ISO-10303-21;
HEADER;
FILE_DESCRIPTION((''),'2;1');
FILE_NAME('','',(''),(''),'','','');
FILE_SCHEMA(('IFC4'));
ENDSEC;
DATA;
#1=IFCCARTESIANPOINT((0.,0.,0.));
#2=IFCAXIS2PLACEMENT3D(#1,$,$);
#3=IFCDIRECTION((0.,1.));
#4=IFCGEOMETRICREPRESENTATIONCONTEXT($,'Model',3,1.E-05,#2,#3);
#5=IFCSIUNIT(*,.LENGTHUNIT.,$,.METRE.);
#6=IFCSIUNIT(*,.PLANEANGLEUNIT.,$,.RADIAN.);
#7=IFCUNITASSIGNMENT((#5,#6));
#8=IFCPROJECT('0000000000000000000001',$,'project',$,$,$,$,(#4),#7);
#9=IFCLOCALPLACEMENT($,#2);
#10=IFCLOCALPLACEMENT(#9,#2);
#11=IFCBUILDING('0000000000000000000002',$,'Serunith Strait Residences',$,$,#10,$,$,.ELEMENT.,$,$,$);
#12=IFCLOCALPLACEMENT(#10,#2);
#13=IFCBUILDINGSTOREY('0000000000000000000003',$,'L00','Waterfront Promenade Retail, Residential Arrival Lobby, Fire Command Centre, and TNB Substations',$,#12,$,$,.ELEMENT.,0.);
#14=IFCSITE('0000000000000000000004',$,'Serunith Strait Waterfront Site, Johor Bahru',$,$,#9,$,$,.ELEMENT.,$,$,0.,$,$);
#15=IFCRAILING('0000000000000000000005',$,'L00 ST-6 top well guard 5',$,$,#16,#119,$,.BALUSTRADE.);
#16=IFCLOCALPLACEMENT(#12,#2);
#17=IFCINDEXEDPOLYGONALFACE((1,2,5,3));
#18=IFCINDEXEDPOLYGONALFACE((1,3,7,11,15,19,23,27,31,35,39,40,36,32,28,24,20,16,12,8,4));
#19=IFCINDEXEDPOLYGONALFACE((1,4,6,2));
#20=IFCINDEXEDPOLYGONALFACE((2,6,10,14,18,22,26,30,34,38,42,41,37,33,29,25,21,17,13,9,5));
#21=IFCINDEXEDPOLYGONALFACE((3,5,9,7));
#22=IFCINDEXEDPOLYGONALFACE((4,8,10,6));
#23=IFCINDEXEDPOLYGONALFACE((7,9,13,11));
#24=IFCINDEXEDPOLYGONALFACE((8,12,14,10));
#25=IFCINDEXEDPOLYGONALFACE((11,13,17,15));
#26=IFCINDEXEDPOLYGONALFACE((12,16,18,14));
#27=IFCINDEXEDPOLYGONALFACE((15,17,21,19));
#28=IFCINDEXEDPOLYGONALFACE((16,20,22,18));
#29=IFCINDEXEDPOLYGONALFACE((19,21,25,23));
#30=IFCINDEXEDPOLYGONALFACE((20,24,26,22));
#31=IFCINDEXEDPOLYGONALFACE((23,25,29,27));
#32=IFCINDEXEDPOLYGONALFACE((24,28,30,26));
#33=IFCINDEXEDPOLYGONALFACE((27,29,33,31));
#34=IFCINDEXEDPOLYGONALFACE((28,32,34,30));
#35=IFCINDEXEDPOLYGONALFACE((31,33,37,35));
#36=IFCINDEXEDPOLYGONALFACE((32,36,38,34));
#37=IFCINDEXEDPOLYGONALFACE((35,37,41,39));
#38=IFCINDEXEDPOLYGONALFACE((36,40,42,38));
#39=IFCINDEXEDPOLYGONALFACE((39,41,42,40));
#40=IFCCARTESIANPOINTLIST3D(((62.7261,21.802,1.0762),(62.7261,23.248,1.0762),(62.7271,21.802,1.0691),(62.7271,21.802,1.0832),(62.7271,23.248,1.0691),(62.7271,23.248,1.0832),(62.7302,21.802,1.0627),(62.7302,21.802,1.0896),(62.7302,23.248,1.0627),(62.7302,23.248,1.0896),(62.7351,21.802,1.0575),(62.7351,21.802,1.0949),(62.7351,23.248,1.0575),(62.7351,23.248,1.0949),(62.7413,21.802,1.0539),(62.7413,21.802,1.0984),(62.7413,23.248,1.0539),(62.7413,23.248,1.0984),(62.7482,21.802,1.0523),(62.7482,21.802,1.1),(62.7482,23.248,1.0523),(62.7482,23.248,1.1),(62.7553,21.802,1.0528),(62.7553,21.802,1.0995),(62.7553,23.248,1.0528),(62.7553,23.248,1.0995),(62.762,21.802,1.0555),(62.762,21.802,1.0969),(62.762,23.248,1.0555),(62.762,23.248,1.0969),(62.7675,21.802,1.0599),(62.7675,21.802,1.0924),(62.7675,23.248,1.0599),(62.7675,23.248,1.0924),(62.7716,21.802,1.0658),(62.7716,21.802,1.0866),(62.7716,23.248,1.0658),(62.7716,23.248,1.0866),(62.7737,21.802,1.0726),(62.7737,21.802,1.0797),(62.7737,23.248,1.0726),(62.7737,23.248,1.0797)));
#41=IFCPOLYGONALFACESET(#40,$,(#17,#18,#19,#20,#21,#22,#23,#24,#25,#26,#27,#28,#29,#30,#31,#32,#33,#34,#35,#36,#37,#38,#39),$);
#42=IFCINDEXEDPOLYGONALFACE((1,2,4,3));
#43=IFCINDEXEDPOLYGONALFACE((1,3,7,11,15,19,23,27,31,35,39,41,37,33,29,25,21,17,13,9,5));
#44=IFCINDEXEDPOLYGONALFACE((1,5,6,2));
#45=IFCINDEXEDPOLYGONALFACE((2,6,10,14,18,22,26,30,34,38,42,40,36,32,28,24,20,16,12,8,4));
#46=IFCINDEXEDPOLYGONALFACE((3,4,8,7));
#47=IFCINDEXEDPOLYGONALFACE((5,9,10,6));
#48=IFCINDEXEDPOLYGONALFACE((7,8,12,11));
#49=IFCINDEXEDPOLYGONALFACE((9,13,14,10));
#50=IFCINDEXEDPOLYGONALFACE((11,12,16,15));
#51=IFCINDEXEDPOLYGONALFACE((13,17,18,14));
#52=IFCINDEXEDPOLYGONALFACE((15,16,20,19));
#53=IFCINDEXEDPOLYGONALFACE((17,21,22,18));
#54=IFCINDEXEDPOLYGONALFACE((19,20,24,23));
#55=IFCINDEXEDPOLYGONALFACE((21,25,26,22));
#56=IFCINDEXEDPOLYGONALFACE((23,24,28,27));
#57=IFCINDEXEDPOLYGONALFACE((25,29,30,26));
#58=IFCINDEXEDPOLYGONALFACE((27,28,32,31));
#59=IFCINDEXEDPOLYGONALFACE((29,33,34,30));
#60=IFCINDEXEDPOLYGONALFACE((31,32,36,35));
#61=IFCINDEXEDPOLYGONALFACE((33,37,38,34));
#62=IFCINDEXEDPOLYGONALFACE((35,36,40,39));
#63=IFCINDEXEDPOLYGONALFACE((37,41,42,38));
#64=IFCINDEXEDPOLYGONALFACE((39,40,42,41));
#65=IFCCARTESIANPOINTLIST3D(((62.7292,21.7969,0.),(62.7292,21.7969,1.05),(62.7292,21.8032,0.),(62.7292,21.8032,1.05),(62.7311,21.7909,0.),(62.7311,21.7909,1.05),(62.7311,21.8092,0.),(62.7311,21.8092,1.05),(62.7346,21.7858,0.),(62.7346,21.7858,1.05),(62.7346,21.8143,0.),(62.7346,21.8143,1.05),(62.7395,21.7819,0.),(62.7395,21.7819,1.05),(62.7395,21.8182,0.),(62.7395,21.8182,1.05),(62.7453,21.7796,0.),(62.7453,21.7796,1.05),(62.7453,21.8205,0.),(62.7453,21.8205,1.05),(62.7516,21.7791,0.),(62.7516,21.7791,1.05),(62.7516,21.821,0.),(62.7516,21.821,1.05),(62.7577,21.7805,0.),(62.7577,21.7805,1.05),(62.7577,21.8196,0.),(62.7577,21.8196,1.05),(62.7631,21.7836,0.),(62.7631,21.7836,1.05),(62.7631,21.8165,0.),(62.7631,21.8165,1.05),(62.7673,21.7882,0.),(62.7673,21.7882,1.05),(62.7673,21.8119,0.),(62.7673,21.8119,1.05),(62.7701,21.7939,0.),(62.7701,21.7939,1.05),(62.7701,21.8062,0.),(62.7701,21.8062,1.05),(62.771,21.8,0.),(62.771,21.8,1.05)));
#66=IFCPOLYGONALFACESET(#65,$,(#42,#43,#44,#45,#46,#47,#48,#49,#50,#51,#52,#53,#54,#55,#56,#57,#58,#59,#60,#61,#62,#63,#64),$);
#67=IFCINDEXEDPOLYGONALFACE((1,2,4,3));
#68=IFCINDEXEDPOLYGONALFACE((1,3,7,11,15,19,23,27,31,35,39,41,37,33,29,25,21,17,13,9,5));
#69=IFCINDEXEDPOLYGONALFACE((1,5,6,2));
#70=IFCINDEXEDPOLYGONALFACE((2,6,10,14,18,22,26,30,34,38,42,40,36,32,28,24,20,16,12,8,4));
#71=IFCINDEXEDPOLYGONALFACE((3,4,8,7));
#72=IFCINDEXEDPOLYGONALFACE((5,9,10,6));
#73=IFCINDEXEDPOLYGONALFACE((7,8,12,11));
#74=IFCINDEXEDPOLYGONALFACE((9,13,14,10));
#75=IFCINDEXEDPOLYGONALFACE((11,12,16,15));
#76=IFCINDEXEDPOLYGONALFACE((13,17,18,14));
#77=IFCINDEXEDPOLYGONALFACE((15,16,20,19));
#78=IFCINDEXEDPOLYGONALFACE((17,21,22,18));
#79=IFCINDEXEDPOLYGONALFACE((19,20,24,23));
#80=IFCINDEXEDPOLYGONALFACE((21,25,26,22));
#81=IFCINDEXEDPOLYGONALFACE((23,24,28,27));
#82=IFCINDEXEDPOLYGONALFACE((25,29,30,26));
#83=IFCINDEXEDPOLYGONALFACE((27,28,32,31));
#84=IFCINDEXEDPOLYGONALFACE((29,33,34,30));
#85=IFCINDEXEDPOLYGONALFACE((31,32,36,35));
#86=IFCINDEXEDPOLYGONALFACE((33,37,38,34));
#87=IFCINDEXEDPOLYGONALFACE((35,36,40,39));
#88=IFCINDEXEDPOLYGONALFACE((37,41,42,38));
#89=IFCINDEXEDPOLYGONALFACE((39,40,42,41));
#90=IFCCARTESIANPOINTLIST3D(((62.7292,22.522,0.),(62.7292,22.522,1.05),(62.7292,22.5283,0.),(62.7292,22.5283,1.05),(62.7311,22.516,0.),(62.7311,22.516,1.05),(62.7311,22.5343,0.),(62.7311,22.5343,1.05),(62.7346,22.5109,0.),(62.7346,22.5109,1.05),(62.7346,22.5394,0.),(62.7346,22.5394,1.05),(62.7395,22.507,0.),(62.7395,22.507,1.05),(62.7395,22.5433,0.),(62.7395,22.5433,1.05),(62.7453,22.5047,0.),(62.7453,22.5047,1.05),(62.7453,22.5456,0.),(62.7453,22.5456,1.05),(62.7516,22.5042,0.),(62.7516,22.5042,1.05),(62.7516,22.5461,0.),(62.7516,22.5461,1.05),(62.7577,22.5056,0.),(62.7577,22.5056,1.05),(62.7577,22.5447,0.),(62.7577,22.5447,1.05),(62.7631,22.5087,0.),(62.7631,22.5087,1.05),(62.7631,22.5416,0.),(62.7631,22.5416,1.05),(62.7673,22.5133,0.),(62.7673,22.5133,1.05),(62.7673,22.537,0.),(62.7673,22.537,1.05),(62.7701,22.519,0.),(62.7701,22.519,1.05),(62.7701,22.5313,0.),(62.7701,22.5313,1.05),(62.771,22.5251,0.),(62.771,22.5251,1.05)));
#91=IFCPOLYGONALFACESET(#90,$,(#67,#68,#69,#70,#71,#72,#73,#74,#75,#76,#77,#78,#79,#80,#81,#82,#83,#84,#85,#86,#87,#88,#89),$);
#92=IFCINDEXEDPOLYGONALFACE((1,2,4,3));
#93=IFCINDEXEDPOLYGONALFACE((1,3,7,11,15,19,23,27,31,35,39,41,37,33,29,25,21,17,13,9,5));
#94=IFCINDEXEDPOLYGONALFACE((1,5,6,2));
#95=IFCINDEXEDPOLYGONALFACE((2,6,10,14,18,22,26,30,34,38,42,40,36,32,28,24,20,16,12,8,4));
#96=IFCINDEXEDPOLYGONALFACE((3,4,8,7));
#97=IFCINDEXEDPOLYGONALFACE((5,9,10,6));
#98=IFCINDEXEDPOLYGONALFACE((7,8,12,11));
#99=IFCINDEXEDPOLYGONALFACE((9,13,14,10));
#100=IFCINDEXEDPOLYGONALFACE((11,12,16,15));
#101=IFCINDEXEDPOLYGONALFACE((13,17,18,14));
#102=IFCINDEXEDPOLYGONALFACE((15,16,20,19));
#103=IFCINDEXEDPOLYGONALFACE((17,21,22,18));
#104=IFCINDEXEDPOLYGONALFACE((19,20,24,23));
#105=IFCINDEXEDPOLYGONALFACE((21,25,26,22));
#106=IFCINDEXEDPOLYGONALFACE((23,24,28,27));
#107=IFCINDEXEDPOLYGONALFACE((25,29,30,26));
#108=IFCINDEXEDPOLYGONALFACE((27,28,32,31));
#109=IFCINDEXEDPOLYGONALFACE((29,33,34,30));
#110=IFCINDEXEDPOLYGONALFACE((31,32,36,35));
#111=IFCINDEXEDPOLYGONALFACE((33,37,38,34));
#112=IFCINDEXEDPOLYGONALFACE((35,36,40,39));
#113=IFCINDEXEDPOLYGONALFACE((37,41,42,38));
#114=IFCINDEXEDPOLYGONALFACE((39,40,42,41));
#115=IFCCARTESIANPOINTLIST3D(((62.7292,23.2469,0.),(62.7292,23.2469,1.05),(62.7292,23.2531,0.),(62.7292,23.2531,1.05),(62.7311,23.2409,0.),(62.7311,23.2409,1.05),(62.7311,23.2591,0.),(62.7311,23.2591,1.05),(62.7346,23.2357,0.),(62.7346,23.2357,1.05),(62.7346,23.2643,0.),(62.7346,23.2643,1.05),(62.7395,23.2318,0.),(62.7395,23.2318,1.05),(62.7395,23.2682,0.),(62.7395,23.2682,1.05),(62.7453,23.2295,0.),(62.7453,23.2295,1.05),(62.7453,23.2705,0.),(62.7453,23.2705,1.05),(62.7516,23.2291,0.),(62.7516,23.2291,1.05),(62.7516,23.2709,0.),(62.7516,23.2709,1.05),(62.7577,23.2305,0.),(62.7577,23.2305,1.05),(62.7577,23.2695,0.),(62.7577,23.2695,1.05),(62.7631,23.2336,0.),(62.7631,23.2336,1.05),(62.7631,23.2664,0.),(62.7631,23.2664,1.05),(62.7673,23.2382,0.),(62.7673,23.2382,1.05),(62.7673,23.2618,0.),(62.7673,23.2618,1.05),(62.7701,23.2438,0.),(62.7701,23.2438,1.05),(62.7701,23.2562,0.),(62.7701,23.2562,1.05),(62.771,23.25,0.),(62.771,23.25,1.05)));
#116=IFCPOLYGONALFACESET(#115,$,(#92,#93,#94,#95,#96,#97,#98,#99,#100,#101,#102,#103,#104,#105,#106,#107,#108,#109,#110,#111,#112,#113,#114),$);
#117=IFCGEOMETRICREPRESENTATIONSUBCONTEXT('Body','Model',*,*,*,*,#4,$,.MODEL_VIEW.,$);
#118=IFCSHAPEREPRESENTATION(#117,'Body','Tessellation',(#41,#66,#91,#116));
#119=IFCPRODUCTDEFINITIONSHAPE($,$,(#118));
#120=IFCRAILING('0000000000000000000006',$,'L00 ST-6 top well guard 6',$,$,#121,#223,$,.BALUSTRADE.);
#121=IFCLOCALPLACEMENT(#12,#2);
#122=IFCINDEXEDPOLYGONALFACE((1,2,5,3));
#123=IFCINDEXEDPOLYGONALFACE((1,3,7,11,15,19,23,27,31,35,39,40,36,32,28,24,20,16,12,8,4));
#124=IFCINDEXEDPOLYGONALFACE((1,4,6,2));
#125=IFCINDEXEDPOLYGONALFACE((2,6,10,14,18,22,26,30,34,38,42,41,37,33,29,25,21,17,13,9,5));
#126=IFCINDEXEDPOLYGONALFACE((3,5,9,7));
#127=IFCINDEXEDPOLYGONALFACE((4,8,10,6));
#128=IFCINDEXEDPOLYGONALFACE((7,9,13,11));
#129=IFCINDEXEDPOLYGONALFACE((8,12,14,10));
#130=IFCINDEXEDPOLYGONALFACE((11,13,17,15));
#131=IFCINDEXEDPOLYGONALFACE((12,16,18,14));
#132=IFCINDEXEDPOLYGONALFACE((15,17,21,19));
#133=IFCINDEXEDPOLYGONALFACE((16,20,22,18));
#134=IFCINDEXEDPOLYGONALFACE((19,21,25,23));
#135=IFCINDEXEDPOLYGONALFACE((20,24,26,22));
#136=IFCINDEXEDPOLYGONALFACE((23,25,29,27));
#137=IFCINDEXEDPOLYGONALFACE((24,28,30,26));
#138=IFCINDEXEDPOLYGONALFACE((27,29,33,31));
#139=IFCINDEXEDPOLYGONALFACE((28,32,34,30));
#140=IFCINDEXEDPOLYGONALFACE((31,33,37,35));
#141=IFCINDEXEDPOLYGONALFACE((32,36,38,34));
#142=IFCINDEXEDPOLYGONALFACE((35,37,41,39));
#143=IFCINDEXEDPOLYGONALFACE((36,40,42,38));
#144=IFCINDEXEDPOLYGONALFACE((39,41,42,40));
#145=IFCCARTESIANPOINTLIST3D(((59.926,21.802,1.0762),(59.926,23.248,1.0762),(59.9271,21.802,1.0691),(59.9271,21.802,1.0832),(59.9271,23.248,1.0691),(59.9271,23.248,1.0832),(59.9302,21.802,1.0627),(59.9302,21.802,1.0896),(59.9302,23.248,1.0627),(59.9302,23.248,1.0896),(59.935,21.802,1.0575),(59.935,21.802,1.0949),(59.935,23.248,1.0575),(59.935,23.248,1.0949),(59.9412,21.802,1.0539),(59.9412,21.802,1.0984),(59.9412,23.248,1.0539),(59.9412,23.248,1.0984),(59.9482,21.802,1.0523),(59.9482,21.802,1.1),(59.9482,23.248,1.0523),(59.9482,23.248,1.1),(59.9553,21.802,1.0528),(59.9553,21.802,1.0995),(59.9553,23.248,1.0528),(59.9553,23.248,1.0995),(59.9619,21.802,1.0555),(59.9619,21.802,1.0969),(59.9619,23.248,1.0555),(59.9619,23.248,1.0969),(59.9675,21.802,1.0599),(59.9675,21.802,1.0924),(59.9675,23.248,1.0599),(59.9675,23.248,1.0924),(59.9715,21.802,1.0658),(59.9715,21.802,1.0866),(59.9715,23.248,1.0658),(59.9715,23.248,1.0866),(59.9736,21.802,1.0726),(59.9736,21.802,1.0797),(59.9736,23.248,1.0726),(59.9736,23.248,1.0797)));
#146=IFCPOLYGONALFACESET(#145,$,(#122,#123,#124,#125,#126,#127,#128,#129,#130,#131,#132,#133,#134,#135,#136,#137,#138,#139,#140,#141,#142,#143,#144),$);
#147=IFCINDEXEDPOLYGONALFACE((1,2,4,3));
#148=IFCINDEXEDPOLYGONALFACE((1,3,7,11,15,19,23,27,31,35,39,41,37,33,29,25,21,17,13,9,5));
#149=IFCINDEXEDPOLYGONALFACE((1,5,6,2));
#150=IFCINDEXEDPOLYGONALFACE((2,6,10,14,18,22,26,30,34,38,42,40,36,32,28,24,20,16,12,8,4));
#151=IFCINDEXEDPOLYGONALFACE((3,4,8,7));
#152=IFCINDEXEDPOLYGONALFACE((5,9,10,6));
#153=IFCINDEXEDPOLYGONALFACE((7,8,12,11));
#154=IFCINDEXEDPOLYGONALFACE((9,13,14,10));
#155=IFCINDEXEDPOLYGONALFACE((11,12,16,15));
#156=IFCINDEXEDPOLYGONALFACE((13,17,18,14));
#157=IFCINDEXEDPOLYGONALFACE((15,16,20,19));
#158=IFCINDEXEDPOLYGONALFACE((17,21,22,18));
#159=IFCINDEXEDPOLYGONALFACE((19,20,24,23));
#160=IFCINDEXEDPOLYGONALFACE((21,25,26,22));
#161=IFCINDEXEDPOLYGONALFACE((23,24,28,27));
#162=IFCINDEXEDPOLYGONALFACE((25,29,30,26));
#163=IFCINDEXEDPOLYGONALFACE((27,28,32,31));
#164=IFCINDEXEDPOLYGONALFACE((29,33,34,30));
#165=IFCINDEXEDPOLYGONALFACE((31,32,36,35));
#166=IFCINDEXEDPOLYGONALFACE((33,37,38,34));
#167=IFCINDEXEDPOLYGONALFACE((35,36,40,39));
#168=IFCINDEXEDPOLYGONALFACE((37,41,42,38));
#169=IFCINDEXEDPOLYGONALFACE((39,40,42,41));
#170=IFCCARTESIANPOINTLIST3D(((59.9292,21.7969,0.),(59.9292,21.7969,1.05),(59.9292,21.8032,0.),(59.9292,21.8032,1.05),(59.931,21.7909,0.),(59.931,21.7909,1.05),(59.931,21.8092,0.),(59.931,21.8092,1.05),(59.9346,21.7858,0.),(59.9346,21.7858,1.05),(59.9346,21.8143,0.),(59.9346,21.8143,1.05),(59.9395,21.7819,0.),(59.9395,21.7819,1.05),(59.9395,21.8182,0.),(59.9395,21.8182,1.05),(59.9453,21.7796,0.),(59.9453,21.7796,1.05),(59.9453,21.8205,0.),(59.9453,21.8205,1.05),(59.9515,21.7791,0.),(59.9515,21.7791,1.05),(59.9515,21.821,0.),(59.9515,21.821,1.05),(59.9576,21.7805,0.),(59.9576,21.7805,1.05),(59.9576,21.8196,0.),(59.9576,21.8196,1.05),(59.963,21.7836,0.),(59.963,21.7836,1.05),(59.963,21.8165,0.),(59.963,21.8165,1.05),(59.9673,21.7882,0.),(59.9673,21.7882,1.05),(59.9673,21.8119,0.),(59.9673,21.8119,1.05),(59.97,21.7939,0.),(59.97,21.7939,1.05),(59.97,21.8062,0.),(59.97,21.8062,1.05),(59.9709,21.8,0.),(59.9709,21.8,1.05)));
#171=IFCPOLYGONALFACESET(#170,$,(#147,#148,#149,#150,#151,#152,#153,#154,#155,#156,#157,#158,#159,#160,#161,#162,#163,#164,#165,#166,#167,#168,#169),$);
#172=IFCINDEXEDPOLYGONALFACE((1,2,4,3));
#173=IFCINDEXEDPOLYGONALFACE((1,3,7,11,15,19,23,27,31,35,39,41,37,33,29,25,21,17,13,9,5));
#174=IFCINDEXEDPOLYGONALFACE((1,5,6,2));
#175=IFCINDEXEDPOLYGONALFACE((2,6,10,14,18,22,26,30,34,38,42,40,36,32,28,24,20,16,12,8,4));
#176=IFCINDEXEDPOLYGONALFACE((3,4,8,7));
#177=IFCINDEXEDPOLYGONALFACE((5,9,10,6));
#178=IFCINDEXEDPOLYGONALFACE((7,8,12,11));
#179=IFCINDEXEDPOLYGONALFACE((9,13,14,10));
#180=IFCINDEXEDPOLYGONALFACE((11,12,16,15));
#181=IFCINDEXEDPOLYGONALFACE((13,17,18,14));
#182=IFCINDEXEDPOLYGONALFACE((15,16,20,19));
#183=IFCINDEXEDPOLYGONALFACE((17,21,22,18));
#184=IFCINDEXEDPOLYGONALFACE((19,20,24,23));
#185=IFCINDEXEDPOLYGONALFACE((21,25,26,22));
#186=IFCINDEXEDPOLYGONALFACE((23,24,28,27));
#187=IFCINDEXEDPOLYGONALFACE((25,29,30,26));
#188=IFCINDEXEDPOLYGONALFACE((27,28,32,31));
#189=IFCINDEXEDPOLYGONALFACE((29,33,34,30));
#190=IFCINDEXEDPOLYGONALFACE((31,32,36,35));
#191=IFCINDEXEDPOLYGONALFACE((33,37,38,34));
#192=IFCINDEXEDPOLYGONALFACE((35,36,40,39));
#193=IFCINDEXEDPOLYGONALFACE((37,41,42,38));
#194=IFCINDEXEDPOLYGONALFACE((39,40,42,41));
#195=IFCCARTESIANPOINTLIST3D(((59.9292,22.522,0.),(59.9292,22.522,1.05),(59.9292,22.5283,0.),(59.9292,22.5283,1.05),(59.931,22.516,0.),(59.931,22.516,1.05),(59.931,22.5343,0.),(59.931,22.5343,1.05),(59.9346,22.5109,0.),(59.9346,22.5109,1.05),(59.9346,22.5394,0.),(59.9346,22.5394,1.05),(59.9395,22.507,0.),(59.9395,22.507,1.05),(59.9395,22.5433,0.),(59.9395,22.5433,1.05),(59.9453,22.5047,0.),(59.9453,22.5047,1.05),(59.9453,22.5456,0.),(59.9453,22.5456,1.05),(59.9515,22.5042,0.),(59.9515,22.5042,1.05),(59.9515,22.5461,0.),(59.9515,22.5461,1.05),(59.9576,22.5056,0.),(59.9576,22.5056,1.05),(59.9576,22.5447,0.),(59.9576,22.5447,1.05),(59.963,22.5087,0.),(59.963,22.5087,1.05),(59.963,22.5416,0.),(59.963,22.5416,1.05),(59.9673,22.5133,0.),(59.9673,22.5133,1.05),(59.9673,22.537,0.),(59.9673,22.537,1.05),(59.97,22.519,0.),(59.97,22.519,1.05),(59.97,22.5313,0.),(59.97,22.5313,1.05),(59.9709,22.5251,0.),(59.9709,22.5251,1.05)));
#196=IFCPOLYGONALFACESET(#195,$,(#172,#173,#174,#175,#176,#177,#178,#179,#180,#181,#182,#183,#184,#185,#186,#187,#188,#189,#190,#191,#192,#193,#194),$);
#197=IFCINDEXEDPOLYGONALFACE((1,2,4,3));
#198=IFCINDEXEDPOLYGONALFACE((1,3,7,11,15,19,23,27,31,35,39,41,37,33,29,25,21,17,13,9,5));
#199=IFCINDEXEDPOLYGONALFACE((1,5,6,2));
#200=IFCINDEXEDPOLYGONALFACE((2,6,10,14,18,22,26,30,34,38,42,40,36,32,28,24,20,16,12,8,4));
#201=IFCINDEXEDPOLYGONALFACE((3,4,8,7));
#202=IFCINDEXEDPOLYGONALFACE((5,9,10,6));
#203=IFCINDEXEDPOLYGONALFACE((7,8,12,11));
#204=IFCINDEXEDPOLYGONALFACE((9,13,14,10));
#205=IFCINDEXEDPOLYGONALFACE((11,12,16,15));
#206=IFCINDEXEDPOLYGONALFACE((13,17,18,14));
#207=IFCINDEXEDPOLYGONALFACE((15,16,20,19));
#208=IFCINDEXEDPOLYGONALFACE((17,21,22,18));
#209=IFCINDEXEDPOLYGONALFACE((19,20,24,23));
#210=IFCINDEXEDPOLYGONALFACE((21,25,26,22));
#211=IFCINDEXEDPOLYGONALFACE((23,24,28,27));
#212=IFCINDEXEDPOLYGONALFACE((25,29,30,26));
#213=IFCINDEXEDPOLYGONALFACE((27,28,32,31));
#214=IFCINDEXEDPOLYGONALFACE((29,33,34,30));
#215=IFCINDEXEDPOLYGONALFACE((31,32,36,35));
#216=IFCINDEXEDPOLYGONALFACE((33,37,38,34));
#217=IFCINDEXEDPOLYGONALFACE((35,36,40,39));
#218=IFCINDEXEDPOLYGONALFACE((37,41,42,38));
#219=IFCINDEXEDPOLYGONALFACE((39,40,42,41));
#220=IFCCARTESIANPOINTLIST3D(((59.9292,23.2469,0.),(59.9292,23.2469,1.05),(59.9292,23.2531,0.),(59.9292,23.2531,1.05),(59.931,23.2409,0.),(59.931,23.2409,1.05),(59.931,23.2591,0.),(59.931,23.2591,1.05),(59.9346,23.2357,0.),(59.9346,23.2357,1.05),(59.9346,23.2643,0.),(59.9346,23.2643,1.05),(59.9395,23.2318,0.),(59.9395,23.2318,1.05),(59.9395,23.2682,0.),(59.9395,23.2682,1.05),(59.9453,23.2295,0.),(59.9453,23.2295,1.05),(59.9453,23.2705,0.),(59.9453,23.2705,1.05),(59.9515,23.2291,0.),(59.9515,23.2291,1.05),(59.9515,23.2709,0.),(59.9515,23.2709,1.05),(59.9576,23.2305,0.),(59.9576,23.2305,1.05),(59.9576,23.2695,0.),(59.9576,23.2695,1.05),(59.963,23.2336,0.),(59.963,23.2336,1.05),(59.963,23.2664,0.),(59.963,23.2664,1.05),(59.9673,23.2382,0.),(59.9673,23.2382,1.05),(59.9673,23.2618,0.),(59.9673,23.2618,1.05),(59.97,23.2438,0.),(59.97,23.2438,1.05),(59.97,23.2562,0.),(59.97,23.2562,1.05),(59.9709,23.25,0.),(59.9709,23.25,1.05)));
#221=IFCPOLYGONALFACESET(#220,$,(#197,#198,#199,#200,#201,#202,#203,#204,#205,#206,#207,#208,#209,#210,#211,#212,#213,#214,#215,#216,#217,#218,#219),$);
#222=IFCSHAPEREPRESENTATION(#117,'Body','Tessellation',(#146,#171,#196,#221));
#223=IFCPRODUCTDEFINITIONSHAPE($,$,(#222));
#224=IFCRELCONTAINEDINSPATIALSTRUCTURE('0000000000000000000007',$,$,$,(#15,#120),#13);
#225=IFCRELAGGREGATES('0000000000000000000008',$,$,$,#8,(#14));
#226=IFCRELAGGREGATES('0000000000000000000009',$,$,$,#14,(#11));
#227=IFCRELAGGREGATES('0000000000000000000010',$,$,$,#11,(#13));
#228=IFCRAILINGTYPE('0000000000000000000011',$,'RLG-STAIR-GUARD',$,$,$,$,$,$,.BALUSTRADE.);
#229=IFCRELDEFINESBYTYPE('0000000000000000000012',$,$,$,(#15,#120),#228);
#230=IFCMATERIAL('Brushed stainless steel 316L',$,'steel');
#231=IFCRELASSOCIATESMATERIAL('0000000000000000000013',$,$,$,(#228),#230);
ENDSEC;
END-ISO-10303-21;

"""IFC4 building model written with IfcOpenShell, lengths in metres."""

from ifc_helpers import new_model, si_unit, direction, frame, origin, origin_2d, place, context, subcontext, project, spatial, circle, extrude, material, type_object, element, save


model = new_model("IFC4")

# Units and contexts
model_context = context("Model", 3, precision=1e-05, world=origin(), true_north=direction((0.0, 1.0)))
body_context = subcontext(model_context, "Body", "Model", "MODEL_VIEW")
ifc_project = project(units=[si_unit("LENGTHUNIT", "METRE"), si_unit("PLANEANGLEUNIT", "RADIAN")], contexts=[model_context])

# Site, building, storey
site_placement = place(None, origin())
site = spatial("IfcSite", under=ifc_project, at=site_placement, Name="Serunith Strait Waterfront Site, Johor Bahru", CompositionType="ELEMENT", RefElevation=0.0)
building_placement = place(site_placement, origin())
building = spatial("IfcBuilding", under=site, at=building_placement, Name="Serunith Strait Residences", CompositionType="ELEMENT")
storey_placement = place(building_placement, origin())
storey = spatial("IfcBuildingStorey", under=building, at=storey_placement, Name="L00", Description="Waterfront Promenade Retail, Residential Arrival Lobby, Fire Command Centre, and TNB Substations", CompositionType="ELEMENT", Elevation=0.0)

# Railings
ifc_material_1 = material(Name="Brushed stainless steel 316L", Category="steel")
railing_type_1 = type_object("IfcRailingType", Name="RLG-STAIR-GUARD", PredefinedType="BALUSTRADE", material=ifc_material_1)
for number, where, name in (
    (1, (62.75, 21.8, 0.0), "L00 ST-6 top well guard 5"),
    (2, (59.95, 21.8, 0.0), "L00 ST-6 top well guard 6"),
):
    element("IfcRailing", number, at=place(storey_placement, frame(where)), inside=storey, type_object=railing_type_1, Name=name, PredefinedType="BALUSTRADE", context=body_context, shape_type="SweptSolid", body=[
        extrude(circle(Radius=0.0239, at=origin_2d()), frame((0.0, 0.002, 1.0762), z_axis=(0.0, 1.0, 0.0), x_axis=(-1.0, 0.0, 0.0)), (0.0, 0.0, 1.0), 1.446),
        extrude(circle(Radius=0.021, at=origin_2d()), origin(), (0.0, 0.0, 1.0), 1.05),
        extrude(circle(Radius=0.021, at=origin_2d()), frame((0.0, 0.7251, 0.0)), (0.0, 0.0, 1.0), 1.05),
        extrude(circle(Radius=0.021, at=origin_2d()), frame((0.0, 1.45, 0.0)), (0.0, 0.0, 1.0), 1.05),
    ])

save(model, "model.ifc")
